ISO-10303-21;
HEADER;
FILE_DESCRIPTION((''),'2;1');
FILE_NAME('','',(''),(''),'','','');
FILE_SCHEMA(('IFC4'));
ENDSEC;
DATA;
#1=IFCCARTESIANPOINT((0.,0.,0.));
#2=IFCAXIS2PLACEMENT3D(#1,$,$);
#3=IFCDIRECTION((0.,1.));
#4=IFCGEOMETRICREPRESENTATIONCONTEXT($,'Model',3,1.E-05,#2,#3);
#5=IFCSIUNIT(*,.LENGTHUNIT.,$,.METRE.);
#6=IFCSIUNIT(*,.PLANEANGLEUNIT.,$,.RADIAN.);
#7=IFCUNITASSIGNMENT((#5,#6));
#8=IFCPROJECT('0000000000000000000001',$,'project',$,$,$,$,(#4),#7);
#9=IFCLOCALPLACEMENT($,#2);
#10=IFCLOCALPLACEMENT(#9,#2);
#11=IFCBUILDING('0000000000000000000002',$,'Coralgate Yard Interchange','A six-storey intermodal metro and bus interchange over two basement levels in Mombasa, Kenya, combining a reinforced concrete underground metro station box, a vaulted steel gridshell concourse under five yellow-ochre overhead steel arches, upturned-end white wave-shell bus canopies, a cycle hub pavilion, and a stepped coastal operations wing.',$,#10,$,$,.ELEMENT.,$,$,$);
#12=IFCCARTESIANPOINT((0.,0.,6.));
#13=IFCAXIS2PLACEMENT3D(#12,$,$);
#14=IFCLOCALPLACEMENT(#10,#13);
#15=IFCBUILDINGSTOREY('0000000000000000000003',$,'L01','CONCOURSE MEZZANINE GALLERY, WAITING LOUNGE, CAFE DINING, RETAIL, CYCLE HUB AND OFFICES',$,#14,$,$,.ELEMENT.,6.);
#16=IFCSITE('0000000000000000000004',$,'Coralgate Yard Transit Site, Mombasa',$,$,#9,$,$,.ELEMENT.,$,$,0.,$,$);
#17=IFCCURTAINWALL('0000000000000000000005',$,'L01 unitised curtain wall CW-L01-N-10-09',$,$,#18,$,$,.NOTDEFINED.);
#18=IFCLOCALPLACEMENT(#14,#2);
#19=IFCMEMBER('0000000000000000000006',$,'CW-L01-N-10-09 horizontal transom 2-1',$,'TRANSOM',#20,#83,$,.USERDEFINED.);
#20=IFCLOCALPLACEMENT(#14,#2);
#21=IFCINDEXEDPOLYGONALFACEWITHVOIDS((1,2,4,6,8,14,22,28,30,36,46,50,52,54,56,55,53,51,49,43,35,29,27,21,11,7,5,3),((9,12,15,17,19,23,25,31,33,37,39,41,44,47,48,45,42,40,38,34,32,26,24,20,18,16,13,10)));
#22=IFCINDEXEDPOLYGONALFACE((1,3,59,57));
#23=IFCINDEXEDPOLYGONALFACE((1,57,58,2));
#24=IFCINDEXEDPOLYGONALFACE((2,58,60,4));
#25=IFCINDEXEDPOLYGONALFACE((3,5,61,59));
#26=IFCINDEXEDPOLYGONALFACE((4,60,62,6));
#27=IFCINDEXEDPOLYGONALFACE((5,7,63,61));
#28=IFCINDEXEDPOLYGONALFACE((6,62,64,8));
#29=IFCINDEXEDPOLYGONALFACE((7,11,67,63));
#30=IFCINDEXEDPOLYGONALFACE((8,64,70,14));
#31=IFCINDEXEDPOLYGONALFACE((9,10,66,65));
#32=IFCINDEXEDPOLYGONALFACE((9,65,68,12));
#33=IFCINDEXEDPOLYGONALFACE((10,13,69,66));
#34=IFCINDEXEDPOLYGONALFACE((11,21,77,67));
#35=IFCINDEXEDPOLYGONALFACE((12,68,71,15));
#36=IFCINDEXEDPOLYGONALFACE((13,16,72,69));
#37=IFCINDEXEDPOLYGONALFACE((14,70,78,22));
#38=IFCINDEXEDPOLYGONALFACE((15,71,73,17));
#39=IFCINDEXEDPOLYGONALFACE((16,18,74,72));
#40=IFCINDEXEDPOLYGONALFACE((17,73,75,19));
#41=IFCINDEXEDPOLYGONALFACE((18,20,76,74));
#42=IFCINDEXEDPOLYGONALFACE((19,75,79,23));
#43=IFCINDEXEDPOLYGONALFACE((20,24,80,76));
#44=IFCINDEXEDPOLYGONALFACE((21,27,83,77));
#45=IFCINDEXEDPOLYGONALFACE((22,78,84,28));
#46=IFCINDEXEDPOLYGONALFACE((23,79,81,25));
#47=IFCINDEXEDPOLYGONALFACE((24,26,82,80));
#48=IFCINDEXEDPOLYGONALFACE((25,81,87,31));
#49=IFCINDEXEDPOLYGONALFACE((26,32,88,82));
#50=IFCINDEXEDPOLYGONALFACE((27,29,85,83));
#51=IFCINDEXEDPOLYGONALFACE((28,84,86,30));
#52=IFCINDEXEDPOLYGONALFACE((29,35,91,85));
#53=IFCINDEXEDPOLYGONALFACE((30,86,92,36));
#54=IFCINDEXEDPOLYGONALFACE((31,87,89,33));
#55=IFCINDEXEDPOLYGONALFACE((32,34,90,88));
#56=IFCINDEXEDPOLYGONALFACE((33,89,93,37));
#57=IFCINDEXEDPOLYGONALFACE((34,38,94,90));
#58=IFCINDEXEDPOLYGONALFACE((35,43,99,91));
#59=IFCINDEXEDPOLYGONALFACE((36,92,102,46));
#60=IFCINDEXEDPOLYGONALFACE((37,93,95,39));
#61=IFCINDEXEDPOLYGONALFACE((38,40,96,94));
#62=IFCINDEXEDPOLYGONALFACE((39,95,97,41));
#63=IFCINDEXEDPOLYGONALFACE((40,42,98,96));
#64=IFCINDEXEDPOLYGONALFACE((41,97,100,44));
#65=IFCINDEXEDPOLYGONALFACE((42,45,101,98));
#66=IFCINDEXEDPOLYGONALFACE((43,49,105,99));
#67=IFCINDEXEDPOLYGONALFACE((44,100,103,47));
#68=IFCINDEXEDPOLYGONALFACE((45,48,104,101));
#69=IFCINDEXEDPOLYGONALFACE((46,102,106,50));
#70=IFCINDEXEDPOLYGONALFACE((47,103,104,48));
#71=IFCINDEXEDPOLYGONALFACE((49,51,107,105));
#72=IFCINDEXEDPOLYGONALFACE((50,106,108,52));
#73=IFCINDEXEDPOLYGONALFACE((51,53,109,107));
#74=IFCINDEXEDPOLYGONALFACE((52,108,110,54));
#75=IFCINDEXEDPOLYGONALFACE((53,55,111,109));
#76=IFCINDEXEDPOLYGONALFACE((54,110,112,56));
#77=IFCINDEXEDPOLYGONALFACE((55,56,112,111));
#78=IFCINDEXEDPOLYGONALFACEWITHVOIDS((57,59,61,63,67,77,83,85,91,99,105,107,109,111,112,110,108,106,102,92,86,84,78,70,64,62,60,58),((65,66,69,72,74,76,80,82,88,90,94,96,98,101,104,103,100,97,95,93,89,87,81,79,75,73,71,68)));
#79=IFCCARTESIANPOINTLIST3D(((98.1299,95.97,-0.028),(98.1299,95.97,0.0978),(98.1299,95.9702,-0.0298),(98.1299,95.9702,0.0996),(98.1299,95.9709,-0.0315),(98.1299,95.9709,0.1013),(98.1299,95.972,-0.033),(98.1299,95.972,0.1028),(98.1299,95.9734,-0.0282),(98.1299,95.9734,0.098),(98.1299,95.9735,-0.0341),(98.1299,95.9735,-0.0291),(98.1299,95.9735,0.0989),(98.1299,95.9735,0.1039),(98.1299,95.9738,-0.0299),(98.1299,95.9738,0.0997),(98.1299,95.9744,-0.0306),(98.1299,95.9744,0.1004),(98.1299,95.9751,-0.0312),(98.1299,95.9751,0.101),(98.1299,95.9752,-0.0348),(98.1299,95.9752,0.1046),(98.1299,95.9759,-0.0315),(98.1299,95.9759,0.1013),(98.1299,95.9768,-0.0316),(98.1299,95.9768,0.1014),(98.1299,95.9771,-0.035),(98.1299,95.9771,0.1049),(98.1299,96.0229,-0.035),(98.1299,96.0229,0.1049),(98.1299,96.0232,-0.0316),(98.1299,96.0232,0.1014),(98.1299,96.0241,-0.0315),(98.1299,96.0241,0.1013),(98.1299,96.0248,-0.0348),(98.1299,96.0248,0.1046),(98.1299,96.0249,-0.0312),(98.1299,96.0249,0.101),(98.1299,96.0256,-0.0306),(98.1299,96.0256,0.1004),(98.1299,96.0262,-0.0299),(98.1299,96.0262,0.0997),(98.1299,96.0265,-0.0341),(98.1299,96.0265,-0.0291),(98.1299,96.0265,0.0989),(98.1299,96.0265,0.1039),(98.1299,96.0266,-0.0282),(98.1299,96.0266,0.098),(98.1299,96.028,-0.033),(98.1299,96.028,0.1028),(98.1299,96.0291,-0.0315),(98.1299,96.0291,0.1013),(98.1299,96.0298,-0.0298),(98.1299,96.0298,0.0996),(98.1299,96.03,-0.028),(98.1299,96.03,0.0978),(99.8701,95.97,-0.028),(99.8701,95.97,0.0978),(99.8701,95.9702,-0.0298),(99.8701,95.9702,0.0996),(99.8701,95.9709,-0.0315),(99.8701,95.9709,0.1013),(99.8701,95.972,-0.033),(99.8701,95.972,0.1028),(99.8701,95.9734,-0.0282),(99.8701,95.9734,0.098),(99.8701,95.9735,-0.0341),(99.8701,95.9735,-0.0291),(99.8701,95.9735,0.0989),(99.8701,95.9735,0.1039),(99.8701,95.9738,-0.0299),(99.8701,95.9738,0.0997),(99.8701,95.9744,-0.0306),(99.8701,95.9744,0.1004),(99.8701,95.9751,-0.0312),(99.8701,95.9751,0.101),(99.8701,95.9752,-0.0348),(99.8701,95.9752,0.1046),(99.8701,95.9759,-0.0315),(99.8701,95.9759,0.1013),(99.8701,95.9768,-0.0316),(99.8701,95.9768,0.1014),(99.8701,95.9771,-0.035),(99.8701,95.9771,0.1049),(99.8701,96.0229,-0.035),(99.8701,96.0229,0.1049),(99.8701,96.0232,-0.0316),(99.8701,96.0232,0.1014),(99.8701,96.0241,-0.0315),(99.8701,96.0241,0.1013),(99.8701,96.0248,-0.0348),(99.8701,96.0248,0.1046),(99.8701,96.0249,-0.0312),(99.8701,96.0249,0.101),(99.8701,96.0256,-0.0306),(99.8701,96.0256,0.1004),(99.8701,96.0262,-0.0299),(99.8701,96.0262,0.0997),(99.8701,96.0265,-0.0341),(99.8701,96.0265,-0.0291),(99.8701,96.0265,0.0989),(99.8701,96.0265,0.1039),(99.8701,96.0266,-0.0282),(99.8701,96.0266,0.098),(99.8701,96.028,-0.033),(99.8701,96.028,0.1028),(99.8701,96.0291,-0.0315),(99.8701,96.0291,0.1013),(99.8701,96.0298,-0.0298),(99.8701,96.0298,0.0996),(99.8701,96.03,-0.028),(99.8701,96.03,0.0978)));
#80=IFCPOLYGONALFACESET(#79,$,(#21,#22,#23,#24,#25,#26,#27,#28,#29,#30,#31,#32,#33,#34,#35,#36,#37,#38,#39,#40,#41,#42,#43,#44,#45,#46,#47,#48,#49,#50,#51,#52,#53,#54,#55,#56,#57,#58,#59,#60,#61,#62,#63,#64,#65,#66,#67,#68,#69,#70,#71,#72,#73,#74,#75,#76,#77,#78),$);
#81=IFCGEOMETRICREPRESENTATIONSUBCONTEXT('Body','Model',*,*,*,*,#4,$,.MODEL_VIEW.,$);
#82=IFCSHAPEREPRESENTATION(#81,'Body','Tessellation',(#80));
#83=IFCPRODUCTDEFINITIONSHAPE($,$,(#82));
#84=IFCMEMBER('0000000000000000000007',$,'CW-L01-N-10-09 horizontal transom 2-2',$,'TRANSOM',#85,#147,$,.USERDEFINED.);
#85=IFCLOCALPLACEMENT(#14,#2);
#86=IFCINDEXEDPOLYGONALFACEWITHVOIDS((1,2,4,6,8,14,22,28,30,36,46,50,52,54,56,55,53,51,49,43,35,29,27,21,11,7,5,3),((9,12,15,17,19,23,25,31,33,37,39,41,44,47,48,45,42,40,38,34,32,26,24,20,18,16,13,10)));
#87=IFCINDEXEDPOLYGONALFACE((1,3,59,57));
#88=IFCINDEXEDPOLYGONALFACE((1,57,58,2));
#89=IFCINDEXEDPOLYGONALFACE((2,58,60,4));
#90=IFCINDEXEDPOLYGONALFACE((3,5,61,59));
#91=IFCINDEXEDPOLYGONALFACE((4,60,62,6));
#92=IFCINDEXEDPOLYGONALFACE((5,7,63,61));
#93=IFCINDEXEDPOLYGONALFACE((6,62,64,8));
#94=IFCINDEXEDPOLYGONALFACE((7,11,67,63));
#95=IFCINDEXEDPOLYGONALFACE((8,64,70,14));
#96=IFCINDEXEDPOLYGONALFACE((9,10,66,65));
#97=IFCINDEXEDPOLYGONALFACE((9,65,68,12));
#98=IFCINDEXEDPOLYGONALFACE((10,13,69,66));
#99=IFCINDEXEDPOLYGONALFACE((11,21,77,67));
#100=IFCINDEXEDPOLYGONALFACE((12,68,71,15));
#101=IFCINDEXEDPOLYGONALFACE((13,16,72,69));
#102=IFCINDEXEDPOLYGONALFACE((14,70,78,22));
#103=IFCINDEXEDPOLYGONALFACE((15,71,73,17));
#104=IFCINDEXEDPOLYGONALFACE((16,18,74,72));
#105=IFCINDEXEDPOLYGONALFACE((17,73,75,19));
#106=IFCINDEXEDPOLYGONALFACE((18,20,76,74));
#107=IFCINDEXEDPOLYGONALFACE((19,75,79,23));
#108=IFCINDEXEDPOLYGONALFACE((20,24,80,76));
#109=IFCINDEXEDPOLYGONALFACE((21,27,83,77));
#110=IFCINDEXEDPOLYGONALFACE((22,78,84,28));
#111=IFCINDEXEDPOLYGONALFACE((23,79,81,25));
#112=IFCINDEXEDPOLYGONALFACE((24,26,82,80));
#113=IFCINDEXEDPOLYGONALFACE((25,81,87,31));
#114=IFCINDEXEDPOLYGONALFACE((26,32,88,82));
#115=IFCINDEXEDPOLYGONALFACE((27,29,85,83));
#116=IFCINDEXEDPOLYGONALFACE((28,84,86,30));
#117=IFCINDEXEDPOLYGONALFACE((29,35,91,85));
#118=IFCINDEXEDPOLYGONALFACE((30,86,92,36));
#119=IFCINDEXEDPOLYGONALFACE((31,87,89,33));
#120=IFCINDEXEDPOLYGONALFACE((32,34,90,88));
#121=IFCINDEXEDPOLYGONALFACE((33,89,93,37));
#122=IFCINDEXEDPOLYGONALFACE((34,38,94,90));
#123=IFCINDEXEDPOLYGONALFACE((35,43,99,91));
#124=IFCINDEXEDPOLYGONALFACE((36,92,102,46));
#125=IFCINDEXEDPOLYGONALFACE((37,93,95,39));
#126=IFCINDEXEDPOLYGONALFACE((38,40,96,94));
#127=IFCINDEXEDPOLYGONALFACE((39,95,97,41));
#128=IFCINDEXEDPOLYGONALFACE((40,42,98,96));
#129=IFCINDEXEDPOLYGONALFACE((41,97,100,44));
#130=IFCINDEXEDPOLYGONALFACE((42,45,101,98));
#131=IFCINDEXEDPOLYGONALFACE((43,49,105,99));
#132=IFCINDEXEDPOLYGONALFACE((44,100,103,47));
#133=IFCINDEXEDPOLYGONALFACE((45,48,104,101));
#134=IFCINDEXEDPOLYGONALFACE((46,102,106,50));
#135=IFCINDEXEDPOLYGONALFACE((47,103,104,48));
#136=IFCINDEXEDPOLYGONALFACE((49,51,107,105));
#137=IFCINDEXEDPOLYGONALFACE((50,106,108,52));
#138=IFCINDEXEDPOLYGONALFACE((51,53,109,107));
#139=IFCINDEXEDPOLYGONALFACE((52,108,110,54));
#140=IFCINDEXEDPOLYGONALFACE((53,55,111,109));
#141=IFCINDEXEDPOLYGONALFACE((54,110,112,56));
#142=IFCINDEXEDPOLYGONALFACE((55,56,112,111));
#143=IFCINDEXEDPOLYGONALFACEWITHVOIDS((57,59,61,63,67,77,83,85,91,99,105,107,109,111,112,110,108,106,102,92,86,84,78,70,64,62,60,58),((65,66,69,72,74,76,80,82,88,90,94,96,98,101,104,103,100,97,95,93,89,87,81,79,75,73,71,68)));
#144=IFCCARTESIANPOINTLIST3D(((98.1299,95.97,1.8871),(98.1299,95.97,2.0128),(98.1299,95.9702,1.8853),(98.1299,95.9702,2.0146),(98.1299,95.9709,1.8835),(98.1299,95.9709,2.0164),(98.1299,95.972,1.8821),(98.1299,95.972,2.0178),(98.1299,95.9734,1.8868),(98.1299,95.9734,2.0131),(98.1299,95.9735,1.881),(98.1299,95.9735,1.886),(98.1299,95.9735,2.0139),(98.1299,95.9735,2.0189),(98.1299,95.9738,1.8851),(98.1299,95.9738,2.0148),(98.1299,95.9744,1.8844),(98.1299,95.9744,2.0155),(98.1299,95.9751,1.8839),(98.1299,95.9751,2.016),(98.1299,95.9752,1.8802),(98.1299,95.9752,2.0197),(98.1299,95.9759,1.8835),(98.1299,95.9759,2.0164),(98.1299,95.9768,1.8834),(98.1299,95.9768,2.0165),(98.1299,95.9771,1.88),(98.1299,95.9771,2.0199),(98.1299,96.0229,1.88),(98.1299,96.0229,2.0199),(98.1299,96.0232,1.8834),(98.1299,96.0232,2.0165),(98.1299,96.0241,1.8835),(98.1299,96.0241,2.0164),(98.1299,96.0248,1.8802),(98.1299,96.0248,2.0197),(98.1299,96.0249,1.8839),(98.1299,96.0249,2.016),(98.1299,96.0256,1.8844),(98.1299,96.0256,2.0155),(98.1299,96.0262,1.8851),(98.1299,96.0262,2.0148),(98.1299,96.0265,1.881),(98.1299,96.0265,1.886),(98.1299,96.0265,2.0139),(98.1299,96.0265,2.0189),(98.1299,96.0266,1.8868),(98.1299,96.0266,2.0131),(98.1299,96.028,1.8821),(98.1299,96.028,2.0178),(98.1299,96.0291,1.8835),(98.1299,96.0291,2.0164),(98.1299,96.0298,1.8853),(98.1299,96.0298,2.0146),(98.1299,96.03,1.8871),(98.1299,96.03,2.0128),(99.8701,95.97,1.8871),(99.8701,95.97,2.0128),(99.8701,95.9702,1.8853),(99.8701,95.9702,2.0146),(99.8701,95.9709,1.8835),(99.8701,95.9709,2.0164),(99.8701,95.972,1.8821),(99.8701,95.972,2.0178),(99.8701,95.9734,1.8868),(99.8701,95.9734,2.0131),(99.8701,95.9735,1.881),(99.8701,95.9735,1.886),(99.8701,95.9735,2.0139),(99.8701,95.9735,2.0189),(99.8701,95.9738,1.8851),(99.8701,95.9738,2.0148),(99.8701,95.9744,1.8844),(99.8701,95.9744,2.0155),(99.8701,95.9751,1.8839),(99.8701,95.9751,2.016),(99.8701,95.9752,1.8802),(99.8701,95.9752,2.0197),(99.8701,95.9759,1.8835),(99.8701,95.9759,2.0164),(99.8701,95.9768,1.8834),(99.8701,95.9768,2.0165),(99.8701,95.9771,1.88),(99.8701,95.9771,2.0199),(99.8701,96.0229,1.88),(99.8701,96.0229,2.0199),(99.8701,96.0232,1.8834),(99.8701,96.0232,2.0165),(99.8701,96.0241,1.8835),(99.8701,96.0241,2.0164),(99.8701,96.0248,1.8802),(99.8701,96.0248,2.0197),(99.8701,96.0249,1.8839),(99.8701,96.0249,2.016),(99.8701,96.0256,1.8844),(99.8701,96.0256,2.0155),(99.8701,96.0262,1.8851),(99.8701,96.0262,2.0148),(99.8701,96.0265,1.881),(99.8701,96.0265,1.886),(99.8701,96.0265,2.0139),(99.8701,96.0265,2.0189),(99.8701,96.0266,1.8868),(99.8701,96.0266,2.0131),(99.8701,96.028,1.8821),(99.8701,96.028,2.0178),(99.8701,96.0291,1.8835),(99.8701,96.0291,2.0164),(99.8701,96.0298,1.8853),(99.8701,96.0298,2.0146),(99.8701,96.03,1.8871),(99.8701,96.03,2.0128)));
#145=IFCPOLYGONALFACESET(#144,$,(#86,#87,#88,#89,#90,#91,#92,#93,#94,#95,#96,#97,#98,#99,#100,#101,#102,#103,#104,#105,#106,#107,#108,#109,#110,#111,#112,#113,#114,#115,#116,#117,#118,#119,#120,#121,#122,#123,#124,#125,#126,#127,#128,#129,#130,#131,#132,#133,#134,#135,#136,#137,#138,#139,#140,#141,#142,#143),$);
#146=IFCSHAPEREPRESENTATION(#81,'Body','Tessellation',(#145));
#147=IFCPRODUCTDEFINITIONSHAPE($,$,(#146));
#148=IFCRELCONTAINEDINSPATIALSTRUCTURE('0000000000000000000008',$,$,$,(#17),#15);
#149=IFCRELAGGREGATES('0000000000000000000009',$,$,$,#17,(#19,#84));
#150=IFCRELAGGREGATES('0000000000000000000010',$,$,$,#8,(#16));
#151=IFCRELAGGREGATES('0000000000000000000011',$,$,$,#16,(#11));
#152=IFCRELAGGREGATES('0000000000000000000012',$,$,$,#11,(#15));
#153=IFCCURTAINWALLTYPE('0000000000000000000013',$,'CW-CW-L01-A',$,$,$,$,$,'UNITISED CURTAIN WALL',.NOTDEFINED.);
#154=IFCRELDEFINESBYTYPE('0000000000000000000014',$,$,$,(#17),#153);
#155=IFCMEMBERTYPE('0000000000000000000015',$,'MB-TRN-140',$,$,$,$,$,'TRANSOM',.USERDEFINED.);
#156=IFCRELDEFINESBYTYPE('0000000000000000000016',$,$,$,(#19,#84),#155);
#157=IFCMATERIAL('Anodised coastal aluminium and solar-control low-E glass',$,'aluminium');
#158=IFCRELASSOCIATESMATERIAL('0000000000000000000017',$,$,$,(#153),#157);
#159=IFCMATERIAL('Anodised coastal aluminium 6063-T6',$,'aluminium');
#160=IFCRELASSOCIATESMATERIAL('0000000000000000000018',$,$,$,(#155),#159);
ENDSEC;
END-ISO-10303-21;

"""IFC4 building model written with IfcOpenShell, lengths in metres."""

from ifc_helpers import new_model, si_unit, direction, frame, origin, origin_2d, place, context, subcontext, project, spatial, hollow_rectangle, extrude, material, material_profile, profile_set, type_object, element, aggregate, save


model = new_model("IFC4")

# Units and contexts
model_context = context("Model", 3, precision=1e-05, world=origin(), true_north=direction((0.0, 1.0)))
body_context = subcontext(model_context, "Body", "Model", "MODEL_VIEW")
ifc_project = project(units=[si_unit("LENGTHUNIT", "METRE"), si_unit("PLANEANGLEUNIT", "RADIAN")], contexts=[model_context])

# Site, building, storey
site_placement = place(None, origin())
site = spatial("IfcSite", under=ifc_project, at=site_placement, Name="Coralgate Yard Transit Site, Mombasa", CompositionType="ELEMENT", RefElevation=0.0)
building_placement = place(site_placement, origin())
building = spatial("IfcBuilding", under=site, at=building_placement, Name="Coralgate Yard Interchange", Description="A six-storey intermodal metro and bus interchange over two basement levels in Mombasa, Kenya, combining a reinforced concrete underground metro station box, a vaulted steel gridshell concourse under five yellow-ochre overhead steel arches, upturned-end white wave-shell bus canopies, a cycle hub pavilion, and a stepped coastal operations wing.", CompositionType="ELEMENT")
storey_placement = place(building_placement, frame((0.0, 0.0, 6.0)))
storey = spatial("IfcBuildingStorey", under=building, at=storey_placement, Name="L01", Description="CONCOURSE MEZZANINE GALLERY, WAITING LOUNGE, CAFE DINING, RETAIL, CYCLE HUB AND OFFICES", CompositionType="ELEMENT", Elevation=6.0)

# Curtain wall
ifc_material_1 = material(Name="Anodised coastal aluminium and solar-control low-E glass", Category="aluminium")
ifc_material_2 = material(Name="Anodised coastal aluminium 6063-T6", Category="aluminium")
curtain_wall_type_1 = type_object("IfcCurtainWallType", Name="CW-CW-L01-A", ElementType="UNITISED CURTAIN WALL", PredefinedType="NOTDEFINED", material=ifc_material_1)
curtain_wall_1_placement = place(storey_placement, origin())
curtain_wall_1 = element("IfcCurtainWall", 1, at=curtain_wall_1_placement, inside=storey, type_object=curtain_wall_type_1, Name="L01 unitised curtain wall CW-L01-N-10-09", PredefinedType="NOTDEFINED")

# Members
ifc_material_profile_1 = material_profile(ifc_material_2, hollow_rectangle(XDim=0.0601, YDim=0.1399, WallThickness=0.0034, InnerFilletRadius=0.0034, OuterFilletRadius=0.0071, at=origin_2d()), Name="ALU 60x140x3.5")
ifc_profile_set_1 = profile_set([ifc_material_profile_1], Name="Anodised coastal aluminium 6063-T6")
member_type_1 = type_object("IfcMemberType", Name="MB-TRN-140", ElementType="TRANSOM", PredefinedType="USERDEFINED", material=ifc_profile_set_1)
member_1_placement = place(storey_placement, frame((98.1299, 96.0, 0.0349), z_axis=(1.0, 0.0, 0.0), x_axis=(0.0, 1.0, 0.0)))
member_1 = element("IfcMember", 2, at=member_1_placement, type_object=member_type_1, Name="CW-L01-N-10-09 horizontal transom 2-1", ObjectType="TRANSOM", PredefinedType="USERDEFINED", context=body_context, shape_type="SweptSolid", body=[
    extrude(hollow_rectangle(XDim=0.0601, YDim=0.1399, WallThickness=0.0034, InnerFilletRadius=0.0034, OuterFilletRadius=0.0071, at=origin_2d()), origin(), (0.0, 0.0, 1.0), 1.7402),
])
member_2_placement = place(storey_placement, frame((98.1299, 96.0, 1.95), z_axis=(1.0, 0.0, 0.0), x_axis=(0.0, 1.0, 0.0)))
member_2 = element("IfcMember", 3, at=member_2_placement, type_object=member_type_1, Name="CW-L01-N-10-09 horizontal transom 2-2", ObjectType="TRANSOM", PredefinedType="USERDEFINED", context=body_context, shape_type="SweptSolid", body=[
    extrude(hollow_rectangle(XDim=0.0601, YDim=0.1399, WallThickness=0.0034, InnerFilletRadius=0.0034, OuterFilletRadius=0.0071, at=origin_2d()), origin(), (0.0, 0.0, 1.0), 1.7402),
])

aggregate(curtain_wall_1, [member_1, member_2])

save(model, "model.ifc")
